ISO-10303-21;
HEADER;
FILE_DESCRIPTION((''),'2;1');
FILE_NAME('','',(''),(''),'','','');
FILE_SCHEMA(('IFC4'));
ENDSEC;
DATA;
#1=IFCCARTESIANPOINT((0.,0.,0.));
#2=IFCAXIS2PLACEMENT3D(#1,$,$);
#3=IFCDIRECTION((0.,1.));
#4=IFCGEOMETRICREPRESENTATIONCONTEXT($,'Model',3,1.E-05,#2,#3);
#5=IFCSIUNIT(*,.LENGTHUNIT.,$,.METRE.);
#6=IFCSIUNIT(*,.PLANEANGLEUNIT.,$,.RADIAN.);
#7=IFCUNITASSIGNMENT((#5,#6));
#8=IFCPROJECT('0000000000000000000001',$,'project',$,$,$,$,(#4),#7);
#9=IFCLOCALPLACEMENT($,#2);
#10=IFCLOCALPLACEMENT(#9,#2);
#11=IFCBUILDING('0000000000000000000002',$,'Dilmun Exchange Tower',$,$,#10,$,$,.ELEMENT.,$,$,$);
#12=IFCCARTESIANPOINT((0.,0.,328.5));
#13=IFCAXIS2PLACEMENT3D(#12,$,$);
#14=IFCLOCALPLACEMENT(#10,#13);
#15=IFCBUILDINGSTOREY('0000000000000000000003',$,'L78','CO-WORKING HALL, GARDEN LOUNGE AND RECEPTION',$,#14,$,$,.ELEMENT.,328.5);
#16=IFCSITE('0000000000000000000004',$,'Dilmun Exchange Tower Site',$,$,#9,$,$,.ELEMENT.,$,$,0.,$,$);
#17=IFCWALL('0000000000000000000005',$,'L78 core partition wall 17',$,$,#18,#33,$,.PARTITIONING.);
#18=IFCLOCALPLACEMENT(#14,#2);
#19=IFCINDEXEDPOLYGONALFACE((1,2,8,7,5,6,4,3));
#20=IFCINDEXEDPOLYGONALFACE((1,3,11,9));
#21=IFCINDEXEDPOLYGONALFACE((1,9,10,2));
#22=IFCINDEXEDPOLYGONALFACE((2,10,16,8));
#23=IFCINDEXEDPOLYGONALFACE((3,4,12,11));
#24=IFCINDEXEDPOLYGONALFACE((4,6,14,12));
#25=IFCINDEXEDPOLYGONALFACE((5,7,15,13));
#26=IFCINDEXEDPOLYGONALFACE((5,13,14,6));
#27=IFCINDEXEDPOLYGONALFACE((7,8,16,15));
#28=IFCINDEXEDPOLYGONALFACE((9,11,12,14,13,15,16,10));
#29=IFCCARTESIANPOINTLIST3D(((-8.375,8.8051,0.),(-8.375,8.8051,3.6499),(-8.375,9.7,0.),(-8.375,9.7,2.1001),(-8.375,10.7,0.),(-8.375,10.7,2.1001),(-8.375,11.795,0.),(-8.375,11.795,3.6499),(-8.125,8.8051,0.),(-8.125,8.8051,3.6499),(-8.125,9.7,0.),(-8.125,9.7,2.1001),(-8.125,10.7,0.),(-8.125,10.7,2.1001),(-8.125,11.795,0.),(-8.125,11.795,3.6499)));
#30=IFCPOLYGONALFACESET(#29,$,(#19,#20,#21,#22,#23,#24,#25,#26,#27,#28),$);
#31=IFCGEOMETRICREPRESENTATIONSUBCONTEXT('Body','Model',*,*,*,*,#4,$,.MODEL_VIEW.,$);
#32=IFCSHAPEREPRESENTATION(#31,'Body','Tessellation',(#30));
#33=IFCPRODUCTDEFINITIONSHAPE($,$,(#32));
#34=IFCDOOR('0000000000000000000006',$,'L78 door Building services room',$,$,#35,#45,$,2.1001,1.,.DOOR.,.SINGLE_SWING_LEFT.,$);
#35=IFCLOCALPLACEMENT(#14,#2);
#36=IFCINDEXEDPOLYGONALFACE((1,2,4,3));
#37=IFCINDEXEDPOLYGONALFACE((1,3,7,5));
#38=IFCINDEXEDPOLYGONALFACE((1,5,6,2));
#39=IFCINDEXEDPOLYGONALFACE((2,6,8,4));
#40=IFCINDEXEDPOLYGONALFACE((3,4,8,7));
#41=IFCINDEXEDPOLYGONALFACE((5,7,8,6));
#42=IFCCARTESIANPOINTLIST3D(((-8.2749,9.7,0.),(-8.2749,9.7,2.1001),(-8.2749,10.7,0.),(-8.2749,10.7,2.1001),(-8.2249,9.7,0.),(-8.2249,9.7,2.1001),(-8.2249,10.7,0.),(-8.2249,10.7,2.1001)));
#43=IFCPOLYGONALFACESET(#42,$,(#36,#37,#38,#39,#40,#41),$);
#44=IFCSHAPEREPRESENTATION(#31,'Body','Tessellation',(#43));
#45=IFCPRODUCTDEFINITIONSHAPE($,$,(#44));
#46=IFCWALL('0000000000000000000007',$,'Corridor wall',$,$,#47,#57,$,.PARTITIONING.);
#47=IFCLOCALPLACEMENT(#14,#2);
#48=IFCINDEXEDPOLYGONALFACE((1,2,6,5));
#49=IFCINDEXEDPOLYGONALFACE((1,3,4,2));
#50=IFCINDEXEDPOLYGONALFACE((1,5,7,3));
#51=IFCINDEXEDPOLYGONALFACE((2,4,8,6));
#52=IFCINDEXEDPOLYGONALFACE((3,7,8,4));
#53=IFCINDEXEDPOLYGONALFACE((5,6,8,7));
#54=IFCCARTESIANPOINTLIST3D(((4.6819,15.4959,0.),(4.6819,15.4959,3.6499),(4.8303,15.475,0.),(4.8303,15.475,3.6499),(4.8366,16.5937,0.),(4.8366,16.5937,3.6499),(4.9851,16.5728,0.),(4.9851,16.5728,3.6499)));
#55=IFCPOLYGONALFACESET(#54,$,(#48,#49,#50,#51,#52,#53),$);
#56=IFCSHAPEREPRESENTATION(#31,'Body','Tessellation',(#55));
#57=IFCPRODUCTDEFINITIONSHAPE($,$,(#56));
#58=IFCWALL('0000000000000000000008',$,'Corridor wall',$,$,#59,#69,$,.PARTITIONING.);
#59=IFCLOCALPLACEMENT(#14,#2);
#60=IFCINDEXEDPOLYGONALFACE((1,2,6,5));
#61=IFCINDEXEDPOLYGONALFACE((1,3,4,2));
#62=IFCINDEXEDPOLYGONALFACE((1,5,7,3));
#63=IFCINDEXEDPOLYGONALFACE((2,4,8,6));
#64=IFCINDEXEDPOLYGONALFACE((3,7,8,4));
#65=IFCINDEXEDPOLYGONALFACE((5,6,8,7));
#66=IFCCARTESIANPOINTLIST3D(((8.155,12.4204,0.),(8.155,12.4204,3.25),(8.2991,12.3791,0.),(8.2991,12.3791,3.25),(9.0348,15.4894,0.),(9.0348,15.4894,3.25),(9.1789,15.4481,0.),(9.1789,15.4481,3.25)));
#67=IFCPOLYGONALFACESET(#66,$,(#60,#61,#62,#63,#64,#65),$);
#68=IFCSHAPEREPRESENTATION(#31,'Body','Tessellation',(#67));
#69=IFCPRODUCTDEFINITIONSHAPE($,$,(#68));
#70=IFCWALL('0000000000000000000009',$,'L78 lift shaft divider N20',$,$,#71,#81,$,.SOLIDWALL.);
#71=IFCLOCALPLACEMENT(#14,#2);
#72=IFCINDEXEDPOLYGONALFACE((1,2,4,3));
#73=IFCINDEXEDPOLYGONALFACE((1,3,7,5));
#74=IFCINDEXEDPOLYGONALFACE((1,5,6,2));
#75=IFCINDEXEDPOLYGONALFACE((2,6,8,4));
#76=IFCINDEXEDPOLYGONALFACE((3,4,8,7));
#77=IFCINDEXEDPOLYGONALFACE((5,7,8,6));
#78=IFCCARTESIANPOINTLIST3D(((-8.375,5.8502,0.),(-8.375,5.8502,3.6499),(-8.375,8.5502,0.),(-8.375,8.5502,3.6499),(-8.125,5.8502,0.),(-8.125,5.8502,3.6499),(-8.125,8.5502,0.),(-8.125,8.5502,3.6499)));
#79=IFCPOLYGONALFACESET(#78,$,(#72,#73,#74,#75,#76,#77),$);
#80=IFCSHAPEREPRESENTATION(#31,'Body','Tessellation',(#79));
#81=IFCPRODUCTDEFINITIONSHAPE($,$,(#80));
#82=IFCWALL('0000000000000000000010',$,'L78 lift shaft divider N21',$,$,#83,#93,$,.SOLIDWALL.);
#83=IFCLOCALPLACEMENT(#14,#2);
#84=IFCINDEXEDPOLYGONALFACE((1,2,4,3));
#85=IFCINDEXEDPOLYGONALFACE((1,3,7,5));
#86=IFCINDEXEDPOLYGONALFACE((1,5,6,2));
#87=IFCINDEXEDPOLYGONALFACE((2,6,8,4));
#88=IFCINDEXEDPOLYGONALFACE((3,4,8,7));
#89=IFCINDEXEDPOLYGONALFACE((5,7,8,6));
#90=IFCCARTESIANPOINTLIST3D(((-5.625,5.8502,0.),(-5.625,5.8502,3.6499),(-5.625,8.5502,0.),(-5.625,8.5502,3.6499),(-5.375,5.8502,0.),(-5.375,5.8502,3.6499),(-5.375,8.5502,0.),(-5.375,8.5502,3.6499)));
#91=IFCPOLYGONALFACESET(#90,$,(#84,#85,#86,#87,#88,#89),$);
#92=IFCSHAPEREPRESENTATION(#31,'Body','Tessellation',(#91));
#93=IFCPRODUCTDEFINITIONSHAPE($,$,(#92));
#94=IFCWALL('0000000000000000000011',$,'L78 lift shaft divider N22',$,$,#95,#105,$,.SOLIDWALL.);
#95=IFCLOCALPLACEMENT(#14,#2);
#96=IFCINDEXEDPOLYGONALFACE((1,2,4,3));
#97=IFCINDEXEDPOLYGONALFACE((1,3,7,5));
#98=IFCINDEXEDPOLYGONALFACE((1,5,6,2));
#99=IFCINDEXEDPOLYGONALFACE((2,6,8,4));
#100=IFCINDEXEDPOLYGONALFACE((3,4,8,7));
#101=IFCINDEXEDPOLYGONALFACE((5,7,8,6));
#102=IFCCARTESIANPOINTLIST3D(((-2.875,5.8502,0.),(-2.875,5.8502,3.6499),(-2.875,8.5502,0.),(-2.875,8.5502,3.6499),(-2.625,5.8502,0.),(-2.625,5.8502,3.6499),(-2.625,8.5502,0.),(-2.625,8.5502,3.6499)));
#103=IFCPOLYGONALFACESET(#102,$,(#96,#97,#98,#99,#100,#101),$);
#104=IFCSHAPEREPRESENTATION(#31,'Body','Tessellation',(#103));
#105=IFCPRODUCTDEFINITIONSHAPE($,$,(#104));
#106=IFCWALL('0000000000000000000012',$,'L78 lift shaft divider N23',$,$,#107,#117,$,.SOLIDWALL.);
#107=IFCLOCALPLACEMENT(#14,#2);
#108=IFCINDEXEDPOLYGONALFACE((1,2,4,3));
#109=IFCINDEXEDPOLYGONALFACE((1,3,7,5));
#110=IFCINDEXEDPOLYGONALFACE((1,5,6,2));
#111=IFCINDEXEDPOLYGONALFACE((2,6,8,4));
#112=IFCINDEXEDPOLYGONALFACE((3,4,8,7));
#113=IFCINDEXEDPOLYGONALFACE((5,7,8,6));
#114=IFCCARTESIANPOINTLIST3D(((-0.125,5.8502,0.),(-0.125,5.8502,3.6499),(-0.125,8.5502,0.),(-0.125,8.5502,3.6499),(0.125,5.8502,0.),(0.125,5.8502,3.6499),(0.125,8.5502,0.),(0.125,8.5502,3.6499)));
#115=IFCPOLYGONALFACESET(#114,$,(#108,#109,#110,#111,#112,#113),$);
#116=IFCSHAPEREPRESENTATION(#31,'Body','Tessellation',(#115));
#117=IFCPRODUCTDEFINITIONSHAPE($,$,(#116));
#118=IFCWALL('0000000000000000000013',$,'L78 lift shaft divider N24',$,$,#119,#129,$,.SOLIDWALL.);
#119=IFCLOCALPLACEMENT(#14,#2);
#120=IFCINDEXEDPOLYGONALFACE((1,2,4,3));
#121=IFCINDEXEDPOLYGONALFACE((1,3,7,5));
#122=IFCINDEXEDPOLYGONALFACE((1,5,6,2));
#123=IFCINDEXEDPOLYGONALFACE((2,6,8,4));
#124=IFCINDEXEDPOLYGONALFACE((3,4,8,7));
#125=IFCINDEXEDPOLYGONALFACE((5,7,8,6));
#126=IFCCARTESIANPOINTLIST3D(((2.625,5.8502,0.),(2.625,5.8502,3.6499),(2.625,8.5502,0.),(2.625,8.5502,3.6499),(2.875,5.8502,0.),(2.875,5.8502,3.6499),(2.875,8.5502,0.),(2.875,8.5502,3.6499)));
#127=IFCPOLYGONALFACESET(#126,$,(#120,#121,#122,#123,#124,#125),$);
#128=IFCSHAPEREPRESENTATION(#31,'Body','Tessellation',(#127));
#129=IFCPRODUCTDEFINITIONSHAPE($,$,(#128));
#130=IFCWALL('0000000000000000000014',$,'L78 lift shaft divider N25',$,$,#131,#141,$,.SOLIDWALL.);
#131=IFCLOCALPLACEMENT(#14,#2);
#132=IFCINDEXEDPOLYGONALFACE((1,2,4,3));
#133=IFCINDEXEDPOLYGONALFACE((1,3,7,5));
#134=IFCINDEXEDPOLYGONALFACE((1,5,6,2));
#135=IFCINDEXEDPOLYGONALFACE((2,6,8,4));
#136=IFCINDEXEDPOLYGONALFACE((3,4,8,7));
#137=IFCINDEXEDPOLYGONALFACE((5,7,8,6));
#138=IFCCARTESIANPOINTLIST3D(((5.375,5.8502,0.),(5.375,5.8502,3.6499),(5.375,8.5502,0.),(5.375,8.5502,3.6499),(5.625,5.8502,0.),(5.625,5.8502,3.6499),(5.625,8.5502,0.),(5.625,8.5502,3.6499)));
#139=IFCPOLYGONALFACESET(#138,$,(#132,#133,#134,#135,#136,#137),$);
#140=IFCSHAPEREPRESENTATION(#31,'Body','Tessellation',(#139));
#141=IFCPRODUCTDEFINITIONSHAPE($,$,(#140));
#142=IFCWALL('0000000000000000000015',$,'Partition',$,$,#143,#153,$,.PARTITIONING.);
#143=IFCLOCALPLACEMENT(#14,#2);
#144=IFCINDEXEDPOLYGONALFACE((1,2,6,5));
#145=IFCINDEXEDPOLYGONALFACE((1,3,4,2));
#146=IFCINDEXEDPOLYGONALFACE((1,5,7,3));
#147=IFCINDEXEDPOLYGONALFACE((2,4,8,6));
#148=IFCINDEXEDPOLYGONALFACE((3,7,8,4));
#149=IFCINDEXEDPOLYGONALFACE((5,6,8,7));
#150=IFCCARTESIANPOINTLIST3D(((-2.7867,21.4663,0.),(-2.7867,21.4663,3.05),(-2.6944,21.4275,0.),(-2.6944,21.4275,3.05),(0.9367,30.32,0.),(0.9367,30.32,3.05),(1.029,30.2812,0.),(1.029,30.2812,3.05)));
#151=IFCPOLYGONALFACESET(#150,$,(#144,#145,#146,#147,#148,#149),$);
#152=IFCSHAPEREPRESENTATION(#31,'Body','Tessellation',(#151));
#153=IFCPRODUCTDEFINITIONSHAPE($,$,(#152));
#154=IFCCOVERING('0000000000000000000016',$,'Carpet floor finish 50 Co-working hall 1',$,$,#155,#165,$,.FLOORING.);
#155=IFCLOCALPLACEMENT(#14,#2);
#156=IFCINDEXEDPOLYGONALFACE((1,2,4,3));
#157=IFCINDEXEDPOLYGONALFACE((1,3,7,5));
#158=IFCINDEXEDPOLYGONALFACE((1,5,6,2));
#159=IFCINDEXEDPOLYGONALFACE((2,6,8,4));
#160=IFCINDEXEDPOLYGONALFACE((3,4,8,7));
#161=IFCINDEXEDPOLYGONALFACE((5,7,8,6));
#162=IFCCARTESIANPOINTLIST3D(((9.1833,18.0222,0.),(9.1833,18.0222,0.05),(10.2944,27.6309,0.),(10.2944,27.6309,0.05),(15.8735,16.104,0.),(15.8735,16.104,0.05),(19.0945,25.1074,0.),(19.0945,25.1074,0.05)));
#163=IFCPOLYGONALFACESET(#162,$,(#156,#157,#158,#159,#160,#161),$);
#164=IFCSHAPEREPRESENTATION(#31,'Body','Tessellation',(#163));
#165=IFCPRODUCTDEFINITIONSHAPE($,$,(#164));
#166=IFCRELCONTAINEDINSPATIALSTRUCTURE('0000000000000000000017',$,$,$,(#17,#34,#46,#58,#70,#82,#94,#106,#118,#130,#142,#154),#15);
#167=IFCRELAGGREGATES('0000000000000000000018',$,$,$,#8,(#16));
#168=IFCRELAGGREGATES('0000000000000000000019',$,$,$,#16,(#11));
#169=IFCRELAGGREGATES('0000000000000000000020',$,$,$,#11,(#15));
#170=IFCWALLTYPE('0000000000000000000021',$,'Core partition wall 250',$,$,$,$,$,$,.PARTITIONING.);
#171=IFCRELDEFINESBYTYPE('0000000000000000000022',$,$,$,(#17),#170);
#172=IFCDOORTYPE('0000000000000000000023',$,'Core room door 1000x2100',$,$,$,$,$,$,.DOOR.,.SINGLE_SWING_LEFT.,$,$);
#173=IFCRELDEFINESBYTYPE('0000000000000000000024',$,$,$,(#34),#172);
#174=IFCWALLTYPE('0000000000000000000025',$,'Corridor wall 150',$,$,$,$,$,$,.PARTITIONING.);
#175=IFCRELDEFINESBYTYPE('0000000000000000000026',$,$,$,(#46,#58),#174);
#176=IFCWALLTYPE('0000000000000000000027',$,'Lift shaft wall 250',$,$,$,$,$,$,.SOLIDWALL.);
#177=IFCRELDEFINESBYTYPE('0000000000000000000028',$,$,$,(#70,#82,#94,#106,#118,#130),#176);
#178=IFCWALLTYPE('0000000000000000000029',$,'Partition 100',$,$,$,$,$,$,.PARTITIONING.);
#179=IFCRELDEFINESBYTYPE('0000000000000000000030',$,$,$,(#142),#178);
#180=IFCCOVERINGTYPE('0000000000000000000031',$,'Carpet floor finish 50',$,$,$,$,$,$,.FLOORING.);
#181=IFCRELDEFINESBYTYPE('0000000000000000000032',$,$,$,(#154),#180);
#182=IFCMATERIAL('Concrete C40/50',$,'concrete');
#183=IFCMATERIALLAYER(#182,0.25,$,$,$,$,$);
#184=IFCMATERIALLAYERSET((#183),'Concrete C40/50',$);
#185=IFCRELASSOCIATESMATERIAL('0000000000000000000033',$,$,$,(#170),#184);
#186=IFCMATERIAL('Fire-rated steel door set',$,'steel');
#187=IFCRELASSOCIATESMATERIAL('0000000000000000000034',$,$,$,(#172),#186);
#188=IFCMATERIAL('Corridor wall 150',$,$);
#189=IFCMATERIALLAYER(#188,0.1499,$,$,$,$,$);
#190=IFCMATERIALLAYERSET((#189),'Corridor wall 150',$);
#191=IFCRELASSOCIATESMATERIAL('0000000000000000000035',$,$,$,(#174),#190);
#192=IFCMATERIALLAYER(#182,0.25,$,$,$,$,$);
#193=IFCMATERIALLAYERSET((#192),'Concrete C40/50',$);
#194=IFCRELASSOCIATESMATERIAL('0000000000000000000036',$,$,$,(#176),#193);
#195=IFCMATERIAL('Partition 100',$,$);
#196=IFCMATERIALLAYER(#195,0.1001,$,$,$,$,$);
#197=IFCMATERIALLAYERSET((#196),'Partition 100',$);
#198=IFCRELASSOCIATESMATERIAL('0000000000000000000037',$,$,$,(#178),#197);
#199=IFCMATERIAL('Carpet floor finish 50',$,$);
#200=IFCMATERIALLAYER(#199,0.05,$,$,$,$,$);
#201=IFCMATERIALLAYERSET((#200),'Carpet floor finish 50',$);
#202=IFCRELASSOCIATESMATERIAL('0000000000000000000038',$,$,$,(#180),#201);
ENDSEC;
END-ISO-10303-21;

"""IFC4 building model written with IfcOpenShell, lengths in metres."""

from ifc_helpers import new_model, si_unit, direction, frame, frame_2d, origin, place, context, subcontext, project, spatial, polyline, rectangle, outline, extrude, material, layer, layer_set, type_object, element, fill, save


model = new_model("IFC4")

# Units and contexts
model_context = context("Model", 3, precision=1e-05, world=origin(), true_north=direction((0.0, 1.0)))
body_context = subcontext(model_context, "Body", "Model", "MODEL_VIEW")
ifc_project = project(units=[si_unit("LENGTHUNIT", "METRE"), si_unit("PLANEANGLEUNIT", "RADIAN")], contexts=[model_context])

# Site, building, storey
site_placement = place(None, origin())
site = spatial("IfcSite", under=ifc_project, at=site_placement, Name="Dilmun Exchange Tower Site", CompositionType="ELEMENT", RefElevation=0.0)
building_placement = place(site_placement, origin())
building = spatial("IfcBuilding", under=site, at=building_placement, Name="Dilmun Exchange Tower", CompositionType="ELEMENT")
storey_placement = place(building_placement, frame((0.0, 0.0, 328.5)))
storey = spatial("IfcBuildingStorey", under=building, at=storey_placement, Name="L78", Description="CO-WORKING HALL, GARDEN LOUNGE AND RECEPTION", CompositionType="ELEMENT", Elevation=328.5)

# Shared definitions
ifc_material_1 = material(Name="Concrete C40/50", Category="concrete")

# Shared definitions
ifc_layer_1 = layer(ifc_material_1, 0.25)
ifc_layer_set_1 = layer_set([ifc_layer_1], Name="Concrete C40/50")
wall_type_1 = type_object("IfcWallType", Name="Core partition wall 250", PredefinedType="PARTITIONING", material=ifc_layer_set_1)

# Wall, opening, door
wall_1_placement = place(storey_placement, frame((-8.25, 8.8049, 0.0), z_axis=(0.0, 0.0, 1.0), x_axis=(0.0, 1.0, 0.0)))
wall_1 = element("IfcWall", 1, at=wall_1_placement, inside=storey, type_object=wall_type_1, Name="L78 core partition wall 17", PredefinedType="PARTITIONING", context=body_context, shape_type="SweptSolid", body=[
    extrude(rectangle(XDim=2.99, YDim=0.25, at=frame_2d((1.4951, 0.0))), origin(), (0.0, 0.0, 1.0), 3.6499),
])
opening_placement = place(wall_1_placement, frame((0.895, 0.0, 0.0)))
opening = element("IfcOpeningElement", 2, at=opening_placement, cuts=wall_1, PredefinedType="OPENING", context=body_context, shape_type="SweptSolid", body=[
    extrude(rectangle(XDim=1.0, YDim=2.1001, at=frame_2d((0.5, 1.05))), frame((0.0, 0.135, 0.0), z_axis=(0.0, -1.0, 0.0), x_axis=(1.0, 0.0, 0.0)), (0.0, 0.0, 1.0), 0.27),
])
ifc_material_2 = material(Name="Fire-rated steel door set", Category="steel")
door_type = type_object("IfcDoorType", Name="Core room door 1000x2100", OperationType="SINGLE_SWING_LEFT", PredefinedType="DOOR", material=ifc_material_2)
door_placement = place(opening_placement, origin())
door = element("IfcDoor", 3, at=door_placement, inside=storey, type_object=door_type, Name="L78 door Building services room", OperationType="SINGLE_SWING_LEFT", OverallHeight=2.1001, OverallWidth=1.0, PredefinedType="DOOR", context=body_context, shape_type="SweptSolid", body=[
    extrude(rectangle(XDim=1.0, YDim=2.1001, at=frame_2d((0.5, 1.05))), frame((0.0, 0.0249, 0.0), z_axis=(0.0, -1.0, 0.0), x_axis=(1.0, 0.0, 0.0)), (0.0, 0.0, 1.0), 0.05),
])
fill(opening, door)

# Walls
ifc_material_3 = material(Name="Corridor wall 150")
ifc_layer_2 = layer(ifc_material_3, 0.1499)
ifc_layer_set_2 = layer_set([ifc_layer_2], Name="Corridor wall 150")
wall_type_2 = type_object("IfcWallType", Name="Corridor wall 150", PredefinedType="PARTITIONING", material=ifc_layer_set_2)
wall_2_placement = place(storey_placement, frame((4.7561, 15.4856, 0.0), z_axis=(0.0, 0.0, 1.0), x_axis=(0.139602, 0.990208, 0.0)))
element("IfcWall", 4, at=wall_2_placement, inside=storey, type_object=wall_type_2, Name="Corridor wall", PredefinedType="PARTITIONING", context=body_context, shape_type="SweptSolid", body=[
    extrude(rectangle(XDim=1.1086, YDim=0.1499, at=frame_2d((0.5542, 0.0))), origin(), (0.0, 0.0, 1.0), 3.6499),
])
wall_3_placement = place(storey_placement, frame((8.2271, 12.3999, 0.0), z_axis=(0.0, 0.0, 1.0), x_axis=(0.27559, 0.961275, 0.0)))
element("IfcWall", 5, at=wall_3_placement, inside=storey, type_object=wall_type_2, Name="Corridor wall", PredefinedType="PARTITIONING", context=body_context, shape_type="SweptSolid", body=[
    extrude(rectangle(XDim=3.1926, YDim=0.1499, at=frame_2d((1.5962, 0.0))), origin(), (0.0, 0.0, 1.0), 3.25),
])
ifc_layer_3 = layer(ifc_material_1, 0.25)
ifc_layer_set_3 = layer_set([ifc_layer_3], Name="Concrete C40/50")
wall_type_3 = type_object("IfcWallType", Name="Lift shaft wall 250", PredefinedType="SOLIDWALL", material=ifc_layer_set_3)
for number, where, z_axis, x_axis, name in (
    (6, (-8.25, 5.8501, 0.0), (0.0, 0.0, 1.0), (0.0, 1.0, 0.0), "L78 lift shaft divider N20"),
    (7, (-5.5, 5.8501, 0.0), (0.0, 0.0, 1.0), (0.0, 1.0, 0.0), "L78 lift shaft divider N21"),
    (8, (-2.75, 5.8501, 0.0), (0.0, 0.0, 1.0), (0.0, 1.0, 0.0), "L78 lift shaft divider N22"),
    (9, (0.0, 5.8501, 0.0), (0.0, 0.0, 1.0), (0.0, 1.0, 0.0), "L78 lift shaft divider N23"),
    (10, (2.75, 5.8501, 0.0), (0.0, 0.0, 1.0), (0.0, 1.0, 0.0), "L78 lift shaft divider N24"),
    (11, (5.5, 5.8501, 0.0), (0.0, 0.0, 1.0), (0.0, 1.0, 0.0), "L78 lift shaft divider N25"),
):
    element("IfcWall", number, at=place(storey_placement, frame(where, z_axis=z_axis, x_axis=x_axis)), inside=storey, type_object=wall_type_3, Name=name, PredefinedType="SOLIDWALL", context=body_context, shape_type="SweptSolid", body=[
        extrude(rectangle(XDim=2.7, YDim=0.25, at=frame_2d((1.3501, 0.0))), origin(), (0.0, 0.0, 1.0), 3.6499),
    ])
ifc_material_4 = material(Name="Partition 100")
ifc_layer_4 = layer(ifc_material_4, 0.1001)
ifc_layer_set_4 = layer_set([ifc_layer_4], Name="Partition 100")
wall_type_4 = type_object("IfcWallType", Name="Partition 100", PredefinedType="PARTITIONING", material=ifc_layer_set_4)
wall_4_placement = place(storey_placement, frame((-2.7405, 21.447, 0.0), z_axis=(0.0, 0.0, 1.0), x_axis=(0.387658, 0.921803, 0.0)))
element("IfcWall", 12, at=wall_4_placement, inside=storey, type_object=wall_type_4, Name="Partition", PredefinedType="PARTITIONING", context=body_context, shape_type="SweptSolid", body=[
    extrude(rectangle(XDim=9.6047, YDim=0.1001, at=frame_2d((4.8022, 0.0))), origin(), (0.0, 0.0, 1.0), 3.05),
])

# Covering
ifc_material_5 = material(Name="Carpet floor finish 50")
ifc_layer_5 = layer(ifc_material_5, 0.05)
ifc_layer_set_5 = layer_set([ifc_layer_5], Name="Carpet floor finish 50")
covering_type_1 = type_object("IfcCoveringType", Name="Carpet floor finish 50", PredefinedType="FLOORING", material=ifc_layer_set_5)
covering_1_placement = place(storey_placement, origin())
element("IfcCovering", 13, at=covering_1_placement, inside=storey, type_object=covering_type_1, Name="Carpet floor finish 50 Co-working hall 1", PredefinedType="FLOORING", context=body_context, shape_type="SweptSolid", body=[
    extrude(outline(polyline([(15.8735, 16.104), (9.1833, 18.0222), (10.2944, 27.6309), (19.0945, 25.1074), (15.8735, 16.104)])), origin(), (0.0, 0.0, 1.0), 0.05),
])

save(model, "model.ifc")
